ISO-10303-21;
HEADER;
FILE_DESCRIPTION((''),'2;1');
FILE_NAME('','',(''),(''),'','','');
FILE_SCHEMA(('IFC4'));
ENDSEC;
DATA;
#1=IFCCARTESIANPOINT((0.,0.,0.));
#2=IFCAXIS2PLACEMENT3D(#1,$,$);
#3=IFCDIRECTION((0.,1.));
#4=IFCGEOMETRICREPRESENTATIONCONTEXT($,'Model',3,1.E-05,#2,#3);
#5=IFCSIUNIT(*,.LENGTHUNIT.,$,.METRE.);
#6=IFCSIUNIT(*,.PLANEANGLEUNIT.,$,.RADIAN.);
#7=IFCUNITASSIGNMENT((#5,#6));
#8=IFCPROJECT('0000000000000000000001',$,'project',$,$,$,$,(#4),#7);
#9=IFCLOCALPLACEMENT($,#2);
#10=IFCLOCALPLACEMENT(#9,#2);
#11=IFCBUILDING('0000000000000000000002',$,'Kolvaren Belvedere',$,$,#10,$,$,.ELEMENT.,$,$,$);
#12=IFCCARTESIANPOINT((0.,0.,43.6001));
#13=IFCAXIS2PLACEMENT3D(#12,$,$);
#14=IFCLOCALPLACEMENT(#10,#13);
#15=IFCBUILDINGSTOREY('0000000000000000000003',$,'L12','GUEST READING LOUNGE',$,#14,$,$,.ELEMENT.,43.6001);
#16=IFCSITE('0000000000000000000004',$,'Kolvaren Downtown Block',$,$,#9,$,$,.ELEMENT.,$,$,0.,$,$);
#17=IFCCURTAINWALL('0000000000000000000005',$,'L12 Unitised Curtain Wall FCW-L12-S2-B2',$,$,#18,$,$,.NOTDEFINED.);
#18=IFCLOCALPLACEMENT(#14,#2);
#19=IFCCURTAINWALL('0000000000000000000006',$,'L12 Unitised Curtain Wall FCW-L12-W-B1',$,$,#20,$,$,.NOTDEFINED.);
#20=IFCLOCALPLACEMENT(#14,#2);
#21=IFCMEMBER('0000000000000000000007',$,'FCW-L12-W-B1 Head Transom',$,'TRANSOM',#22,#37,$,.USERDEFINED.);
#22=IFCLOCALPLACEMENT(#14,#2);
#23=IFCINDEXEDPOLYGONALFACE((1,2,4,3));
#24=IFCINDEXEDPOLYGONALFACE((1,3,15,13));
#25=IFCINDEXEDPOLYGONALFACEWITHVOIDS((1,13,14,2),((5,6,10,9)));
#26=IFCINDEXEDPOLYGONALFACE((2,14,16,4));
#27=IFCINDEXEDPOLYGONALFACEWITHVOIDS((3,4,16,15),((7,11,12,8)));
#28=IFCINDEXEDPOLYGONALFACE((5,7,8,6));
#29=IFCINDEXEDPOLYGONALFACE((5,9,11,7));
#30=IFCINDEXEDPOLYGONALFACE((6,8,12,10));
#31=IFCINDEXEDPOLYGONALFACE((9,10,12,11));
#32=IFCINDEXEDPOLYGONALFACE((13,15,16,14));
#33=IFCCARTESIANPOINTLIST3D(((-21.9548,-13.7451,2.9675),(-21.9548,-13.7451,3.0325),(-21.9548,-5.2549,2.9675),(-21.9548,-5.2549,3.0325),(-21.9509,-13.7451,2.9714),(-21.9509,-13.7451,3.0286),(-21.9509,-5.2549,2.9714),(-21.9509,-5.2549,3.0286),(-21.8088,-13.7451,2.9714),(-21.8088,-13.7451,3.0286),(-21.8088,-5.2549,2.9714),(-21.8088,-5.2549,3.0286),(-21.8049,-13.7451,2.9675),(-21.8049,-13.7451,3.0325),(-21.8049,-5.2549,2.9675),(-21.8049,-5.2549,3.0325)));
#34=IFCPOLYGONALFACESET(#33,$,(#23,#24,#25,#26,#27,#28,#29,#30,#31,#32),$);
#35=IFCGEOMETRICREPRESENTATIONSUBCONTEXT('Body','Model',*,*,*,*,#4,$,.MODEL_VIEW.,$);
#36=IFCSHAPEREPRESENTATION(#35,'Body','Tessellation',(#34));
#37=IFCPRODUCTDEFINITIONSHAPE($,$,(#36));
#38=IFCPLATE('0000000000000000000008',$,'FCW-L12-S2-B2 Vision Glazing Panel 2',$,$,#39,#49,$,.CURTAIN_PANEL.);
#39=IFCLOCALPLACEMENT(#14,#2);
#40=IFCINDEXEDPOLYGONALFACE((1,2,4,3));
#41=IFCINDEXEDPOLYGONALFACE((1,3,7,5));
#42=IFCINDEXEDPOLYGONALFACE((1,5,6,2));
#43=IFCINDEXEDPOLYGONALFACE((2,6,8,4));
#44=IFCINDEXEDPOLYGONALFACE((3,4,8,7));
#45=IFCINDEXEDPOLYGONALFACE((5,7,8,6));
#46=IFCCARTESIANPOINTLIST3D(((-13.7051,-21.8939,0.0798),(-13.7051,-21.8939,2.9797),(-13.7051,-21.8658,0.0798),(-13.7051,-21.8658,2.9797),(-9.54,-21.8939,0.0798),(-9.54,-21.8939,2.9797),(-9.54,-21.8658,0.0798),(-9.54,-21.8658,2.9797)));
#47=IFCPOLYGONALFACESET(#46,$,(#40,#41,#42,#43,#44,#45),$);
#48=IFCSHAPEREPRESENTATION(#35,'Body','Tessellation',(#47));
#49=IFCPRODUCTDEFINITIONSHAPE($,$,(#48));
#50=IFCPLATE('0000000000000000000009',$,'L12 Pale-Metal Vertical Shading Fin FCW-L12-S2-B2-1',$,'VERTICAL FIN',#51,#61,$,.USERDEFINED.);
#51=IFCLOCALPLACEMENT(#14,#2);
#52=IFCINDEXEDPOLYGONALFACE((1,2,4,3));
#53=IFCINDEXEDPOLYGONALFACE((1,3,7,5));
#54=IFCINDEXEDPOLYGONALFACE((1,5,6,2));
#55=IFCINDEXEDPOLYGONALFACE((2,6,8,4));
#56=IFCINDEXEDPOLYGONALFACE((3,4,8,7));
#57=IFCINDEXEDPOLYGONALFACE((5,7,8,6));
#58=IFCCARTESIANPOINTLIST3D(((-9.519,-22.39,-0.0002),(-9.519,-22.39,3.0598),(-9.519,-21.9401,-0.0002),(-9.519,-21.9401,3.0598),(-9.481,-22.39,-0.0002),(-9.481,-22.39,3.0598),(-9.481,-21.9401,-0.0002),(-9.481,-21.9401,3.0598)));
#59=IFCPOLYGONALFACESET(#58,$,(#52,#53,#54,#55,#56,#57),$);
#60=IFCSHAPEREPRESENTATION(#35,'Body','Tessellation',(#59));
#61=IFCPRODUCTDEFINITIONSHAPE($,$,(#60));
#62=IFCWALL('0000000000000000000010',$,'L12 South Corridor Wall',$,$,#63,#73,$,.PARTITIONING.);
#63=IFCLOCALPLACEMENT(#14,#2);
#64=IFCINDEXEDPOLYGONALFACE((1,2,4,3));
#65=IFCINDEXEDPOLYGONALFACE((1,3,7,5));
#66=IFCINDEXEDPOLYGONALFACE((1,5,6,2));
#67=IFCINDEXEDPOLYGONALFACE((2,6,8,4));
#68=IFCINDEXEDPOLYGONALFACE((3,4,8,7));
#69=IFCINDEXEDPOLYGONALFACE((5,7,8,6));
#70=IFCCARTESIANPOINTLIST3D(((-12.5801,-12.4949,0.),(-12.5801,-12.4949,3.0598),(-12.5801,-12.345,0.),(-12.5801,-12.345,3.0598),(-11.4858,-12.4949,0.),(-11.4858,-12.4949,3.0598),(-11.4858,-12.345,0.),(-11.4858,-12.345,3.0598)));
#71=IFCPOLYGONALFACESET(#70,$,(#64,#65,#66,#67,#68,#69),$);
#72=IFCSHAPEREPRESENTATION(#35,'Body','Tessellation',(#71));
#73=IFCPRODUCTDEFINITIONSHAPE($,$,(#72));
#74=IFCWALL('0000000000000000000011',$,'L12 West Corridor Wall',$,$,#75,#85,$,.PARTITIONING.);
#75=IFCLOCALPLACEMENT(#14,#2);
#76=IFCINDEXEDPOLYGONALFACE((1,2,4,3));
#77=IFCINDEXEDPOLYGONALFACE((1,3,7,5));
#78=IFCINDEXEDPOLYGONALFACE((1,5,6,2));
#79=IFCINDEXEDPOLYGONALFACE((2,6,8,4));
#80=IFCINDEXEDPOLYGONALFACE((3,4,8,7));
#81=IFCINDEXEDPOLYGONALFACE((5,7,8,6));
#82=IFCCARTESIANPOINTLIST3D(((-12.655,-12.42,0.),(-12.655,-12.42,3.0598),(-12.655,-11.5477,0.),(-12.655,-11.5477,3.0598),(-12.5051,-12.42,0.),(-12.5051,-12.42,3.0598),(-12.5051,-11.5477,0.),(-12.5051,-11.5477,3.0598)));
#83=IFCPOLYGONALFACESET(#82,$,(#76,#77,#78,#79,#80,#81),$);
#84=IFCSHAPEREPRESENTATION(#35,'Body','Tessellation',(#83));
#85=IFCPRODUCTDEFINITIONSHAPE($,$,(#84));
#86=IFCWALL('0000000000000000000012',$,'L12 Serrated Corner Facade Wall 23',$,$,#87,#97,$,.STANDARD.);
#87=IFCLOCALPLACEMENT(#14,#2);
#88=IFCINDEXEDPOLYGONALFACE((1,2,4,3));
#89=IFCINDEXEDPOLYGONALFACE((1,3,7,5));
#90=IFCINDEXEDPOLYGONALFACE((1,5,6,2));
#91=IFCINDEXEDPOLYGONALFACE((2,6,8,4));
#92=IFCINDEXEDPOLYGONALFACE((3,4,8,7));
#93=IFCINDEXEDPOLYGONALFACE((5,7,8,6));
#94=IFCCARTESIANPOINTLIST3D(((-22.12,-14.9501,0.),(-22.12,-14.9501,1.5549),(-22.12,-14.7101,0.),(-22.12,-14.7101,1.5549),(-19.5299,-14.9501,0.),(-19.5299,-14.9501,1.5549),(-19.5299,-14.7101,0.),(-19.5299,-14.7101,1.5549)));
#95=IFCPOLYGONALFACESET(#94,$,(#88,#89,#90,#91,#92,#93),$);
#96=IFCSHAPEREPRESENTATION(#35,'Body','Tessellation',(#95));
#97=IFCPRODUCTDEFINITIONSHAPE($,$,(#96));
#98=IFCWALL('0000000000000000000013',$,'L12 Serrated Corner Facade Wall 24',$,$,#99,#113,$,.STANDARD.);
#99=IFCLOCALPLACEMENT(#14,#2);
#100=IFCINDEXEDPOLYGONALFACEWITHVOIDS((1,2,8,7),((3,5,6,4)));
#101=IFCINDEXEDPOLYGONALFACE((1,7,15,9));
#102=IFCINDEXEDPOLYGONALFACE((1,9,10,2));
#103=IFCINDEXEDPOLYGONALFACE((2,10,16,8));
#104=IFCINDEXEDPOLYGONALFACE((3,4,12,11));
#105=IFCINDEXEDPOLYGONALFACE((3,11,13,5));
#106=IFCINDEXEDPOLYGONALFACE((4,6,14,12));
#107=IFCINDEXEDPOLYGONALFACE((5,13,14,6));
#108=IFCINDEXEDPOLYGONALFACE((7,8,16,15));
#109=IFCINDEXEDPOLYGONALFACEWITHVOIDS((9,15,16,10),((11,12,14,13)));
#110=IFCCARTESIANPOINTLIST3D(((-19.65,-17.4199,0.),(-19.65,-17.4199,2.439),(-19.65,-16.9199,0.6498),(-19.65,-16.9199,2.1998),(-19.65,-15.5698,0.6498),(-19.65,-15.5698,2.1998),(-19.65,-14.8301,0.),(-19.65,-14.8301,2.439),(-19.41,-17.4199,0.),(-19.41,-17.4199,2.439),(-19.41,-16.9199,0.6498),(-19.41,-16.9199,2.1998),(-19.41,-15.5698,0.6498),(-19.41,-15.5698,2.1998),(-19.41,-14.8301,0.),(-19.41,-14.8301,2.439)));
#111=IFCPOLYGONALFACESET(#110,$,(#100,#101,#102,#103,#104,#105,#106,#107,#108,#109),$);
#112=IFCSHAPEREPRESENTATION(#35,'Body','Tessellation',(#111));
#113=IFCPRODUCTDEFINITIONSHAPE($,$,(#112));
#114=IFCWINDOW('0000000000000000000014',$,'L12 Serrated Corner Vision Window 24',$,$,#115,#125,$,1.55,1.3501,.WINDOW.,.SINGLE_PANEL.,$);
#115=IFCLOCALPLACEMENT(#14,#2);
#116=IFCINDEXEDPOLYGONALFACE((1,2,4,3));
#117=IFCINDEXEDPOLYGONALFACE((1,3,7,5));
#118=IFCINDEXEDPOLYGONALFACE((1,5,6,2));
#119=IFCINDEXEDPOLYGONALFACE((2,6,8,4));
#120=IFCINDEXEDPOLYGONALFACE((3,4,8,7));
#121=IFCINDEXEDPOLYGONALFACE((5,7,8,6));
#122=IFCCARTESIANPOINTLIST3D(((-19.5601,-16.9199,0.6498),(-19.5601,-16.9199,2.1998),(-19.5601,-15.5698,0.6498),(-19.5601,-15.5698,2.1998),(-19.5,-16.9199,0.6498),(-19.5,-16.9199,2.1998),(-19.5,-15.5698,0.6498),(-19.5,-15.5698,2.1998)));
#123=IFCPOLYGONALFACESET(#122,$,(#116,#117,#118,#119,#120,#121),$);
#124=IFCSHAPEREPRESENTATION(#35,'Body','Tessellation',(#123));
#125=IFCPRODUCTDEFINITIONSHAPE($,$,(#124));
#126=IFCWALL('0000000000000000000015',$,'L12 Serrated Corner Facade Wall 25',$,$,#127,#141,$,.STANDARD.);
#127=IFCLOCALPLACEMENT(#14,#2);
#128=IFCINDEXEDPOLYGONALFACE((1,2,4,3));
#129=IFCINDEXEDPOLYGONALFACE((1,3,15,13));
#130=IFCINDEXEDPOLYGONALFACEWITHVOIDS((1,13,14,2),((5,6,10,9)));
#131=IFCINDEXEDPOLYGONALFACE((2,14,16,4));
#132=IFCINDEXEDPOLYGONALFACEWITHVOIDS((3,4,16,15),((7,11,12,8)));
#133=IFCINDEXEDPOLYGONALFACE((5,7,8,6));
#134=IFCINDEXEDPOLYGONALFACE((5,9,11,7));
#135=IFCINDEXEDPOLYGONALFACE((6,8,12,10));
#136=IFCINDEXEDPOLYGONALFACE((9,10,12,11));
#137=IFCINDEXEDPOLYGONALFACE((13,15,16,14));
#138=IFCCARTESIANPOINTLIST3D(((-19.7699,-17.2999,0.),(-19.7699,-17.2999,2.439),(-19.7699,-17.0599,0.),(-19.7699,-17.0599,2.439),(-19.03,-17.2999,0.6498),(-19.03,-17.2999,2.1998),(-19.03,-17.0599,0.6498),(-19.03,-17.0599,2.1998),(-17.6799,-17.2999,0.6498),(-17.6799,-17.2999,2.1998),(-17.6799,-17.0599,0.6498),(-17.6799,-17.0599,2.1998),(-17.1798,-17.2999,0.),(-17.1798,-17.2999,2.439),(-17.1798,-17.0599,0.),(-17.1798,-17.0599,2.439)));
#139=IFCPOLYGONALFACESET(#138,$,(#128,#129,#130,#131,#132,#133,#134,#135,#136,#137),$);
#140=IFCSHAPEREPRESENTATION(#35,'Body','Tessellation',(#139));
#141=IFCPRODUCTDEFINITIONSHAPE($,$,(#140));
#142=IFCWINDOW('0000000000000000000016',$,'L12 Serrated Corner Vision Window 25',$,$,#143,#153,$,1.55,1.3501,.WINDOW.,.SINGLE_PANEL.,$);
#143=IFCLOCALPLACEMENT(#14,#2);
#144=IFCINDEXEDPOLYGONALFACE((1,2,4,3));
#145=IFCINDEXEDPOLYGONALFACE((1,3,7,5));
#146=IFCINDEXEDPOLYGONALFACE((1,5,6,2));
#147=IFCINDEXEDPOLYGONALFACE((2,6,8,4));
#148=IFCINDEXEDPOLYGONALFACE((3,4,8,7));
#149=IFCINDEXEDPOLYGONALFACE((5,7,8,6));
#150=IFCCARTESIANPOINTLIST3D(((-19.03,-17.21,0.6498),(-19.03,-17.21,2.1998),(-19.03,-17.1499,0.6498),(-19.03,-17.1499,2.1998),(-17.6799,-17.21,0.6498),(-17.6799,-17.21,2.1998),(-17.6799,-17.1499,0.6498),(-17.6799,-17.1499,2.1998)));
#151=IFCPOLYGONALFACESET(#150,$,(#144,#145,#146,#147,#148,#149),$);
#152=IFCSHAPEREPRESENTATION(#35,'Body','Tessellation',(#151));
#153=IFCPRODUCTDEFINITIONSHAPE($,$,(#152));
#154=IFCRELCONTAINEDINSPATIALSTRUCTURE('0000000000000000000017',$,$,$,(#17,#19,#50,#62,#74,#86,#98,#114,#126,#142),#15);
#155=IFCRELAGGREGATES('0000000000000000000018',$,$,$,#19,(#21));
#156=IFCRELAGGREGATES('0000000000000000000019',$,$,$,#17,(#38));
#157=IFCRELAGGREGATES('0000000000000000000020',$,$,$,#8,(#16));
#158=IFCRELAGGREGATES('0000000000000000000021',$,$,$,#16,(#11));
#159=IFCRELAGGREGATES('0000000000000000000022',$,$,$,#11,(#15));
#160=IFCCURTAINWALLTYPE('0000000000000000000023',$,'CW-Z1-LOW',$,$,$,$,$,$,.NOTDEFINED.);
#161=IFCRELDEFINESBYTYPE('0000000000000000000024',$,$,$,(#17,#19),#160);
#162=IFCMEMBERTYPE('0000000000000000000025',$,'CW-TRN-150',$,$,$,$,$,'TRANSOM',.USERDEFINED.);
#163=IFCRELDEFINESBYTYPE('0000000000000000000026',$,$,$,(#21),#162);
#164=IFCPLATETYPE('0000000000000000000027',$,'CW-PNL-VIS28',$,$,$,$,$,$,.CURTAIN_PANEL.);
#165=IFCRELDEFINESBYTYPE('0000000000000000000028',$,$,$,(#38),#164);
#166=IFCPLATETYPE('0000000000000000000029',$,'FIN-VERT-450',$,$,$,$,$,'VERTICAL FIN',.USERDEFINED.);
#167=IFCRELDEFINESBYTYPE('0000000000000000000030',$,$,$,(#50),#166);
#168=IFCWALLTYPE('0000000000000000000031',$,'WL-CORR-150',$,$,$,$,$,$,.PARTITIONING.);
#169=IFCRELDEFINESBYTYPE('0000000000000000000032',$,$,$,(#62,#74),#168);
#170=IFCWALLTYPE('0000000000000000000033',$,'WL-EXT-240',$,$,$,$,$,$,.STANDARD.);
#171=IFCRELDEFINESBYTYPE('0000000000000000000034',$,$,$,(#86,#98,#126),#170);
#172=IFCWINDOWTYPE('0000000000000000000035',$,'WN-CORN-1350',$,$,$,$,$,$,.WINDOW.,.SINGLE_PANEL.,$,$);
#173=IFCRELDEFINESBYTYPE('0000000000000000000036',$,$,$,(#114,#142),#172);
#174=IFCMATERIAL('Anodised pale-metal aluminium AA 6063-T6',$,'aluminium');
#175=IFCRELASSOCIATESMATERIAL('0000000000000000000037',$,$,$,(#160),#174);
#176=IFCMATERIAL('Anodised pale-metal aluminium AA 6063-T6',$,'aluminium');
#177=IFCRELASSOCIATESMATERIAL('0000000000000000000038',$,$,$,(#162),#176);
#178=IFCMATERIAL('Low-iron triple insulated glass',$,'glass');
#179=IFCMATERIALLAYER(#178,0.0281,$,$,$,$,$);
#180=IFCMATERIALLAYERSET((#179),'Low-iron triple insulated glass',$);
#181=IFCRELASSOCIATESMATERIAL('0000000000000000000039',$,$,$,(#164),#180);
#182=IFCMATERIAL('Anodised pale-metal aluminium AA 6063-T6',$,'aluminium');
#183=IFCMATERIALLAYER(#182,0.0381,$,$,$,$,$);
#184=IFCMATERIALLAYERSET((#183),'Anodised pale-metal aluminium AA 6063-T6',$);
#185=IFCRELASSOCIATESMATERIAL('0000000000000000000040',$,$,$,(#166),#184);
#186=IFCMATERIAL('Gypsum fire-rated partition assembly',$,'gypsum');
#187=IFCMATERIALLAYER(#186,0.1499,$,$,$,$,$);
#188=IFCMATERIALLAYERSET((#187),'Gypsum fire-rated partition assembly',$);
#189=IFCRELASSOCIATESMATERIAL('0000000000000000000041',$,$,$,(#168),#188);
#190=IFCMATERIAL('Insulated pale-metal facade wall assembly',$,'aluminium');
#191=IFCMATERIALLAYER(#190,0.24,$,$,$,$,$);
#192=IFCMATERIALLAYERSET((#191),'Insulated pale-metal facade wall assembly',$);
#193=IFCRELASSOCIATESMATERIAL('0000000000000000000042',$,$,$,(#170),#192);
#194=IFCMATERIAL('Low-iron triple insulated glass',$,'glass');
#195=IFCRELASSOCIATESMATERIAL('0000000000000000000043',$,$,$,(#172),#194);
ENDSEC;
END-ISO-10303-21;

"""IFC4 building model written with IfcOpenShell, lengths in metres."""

from ifc_helpers import new_model, si_unit, direction, frame, frame_2d, origin, origin_2d, place, context, subcontext, project, spatial, rectangle, hollow_rectangle, extrude, material, layer, layer_set, material_profile, profile_set, type_object, element, fill, aggregate, save


model = new_model("IFC4")

# Units and contexts
model_context = context("Model", 3, precision=1e-05, world=origin(), true_north=direction((0.0, 1.0)))
body_context = subcontext(model_context, "Body", "Model", "MODEL_VIEW")
ifc_project = project(units=[si_unit("LENGTHUNIT", "METRE"), si_unit("PLANEANGLEUNIT", "RADIAN")], contexts=[model_context])

# Site, building, storey
site_placement = place(None, origin())
site = spatial("IfcSite", under=ifc_project, at=site_placement, Name="Kolvaren Downtown Block", CompositionType="ELEMENT", RefElevation=0.0)
building_placement = place(site_placement, origin())
building = spatial("IfcBuilding", under=site, at=building_placement, Name="Kolvaren Belvedere", CompositionType="ELEMENT")
storey_placement = place(building_placement, frame((0.0, 0.0, 43.6001)))
storey = spatial("IfcBuildingStorey", under=building, at=storey_placement, Name="L12", Description="GUEST READING LOUNGE", CompositionType="ELEMENT", Elevation=43.6001)

# Curtain walls, member
ifc_material_1 = material(Name="Anodised pale-metal aluminium AA 6063-T6", Category="aluminium")
curtain_wall_type = type_object("IfcCurtainWallType", Name="CW-Z1-LOW", PredefinedType="NOTDEFINED", material=ifc_material_1)
curtain_wall_1_placement = place(storey_placement, origin())
curtain_wall_1 = element("IfcCurtainWall", 1, at=curtain_wall_1_placement, inside=storey, type_object=curtain_wall_type, Name="L12 Unitised Curtain Wall FCW-L12-S2-B2", PredefinedType="NOTDEFINED")
curtain_wall_2_placement = place(storey_placement, origin())
curtain_wall_2 = element("IfcCurtainWall", 2, at=curtain_wall_2_placement, inside=storey, type_object=curtain_wall_type, Name="L12 Unitised Curtain Wall FCW-L12-W-B1", PredefinedType="NOTDEFINED")
ifc_material_2 = material(Name="Anodised pale-metal aluminium AA 6063-T6", Category="aluminium")
ifc_material_profile_1 = material_profile(ifc_material_2, hollow_rectangle(XDim=0.0649, YDim=0.1499, WallThickness=0.0039, at=origin_2d()), Name="ALU-TRN-150X65")
ifc_profile_set_1 = profile_set([ifc_material_profile_1], Name="Anodised pale-metal aluminium AA 6063-T6")
member_type_1 = type_object("IfcMemberType", Name="CW-TRN-150", ElementType="TRANSOM", PredefinedType="USERDEFINED", material=ifc_profile_set_1)
member_1_placement = place(storey_placement, frame((-21.8799, -13.7451, 3.0), z_axis=(0.0, 1.0, 0.0), x_axis=(0.0, 0.0, 1.0)))
member_1 = element("IfcMember", 3, at=member_1_placement, type_object=member_type_1, Name="FCW-L12-W-B1 Head Transom", ObjectType="TRANSOM", PredefinedType="USERDEFINED", context=body_context, shape_type="SweptSolid", body=[
    extrude(hollow_rectangle(XDim=0.0649, YDim=0.1499, WallThickness=0.0039, at=origin_2d()), origin(), (0.0, 0.0, 1.0), 8.4902),
])
aggregate(curtain_wall_2, [member_1])

# Plates
ifc_material_3 = material(Name="Low-iron triple insulated glass", Category="glass")
ifc_layer_1 = layer(ifc_material_3, 0.0281)
ifc_layer_set_1 = layer_set([ifc_layer_1], Name="Low-iron triple insulated glass")
plate_type_1 = type_object("IfcPlateType", Name="CW-PNL-VIS28", PredefinedType="CURTAIN_PANEL", material=ifc_layer_set_1)
plate_1_placement = place(storey_placement, frame((-11.6226, -21.8799, 0.0798), z_axis=(0.0, 0.0, 1.0), x_axis=(-1.0, 0.0, 0.0)))
plate_1 = element("IfcPlate", 4, at=plate_1_placement, type_object=plate_type_1, Name="FCW-L12-S2-B2 Vision Glazing Panel 2", PredefinedType="CURTAIN_PANEL", context=body_context, shape_type="SweptSolid", body=[
    extrude(rectangle(XDim=4.165, YDim=0.0281, at=origin_2d()), origin(), (0.0, 0.0, 1.0), 2.8999),
])
aggregate(curtain_wall_1, [plate_1])
ifc_material_4 = material(Name="Anodised pale-metal aluminium AA 6063-T6", Category="aluminium")
ifc_layer_2 = layer(ifc_material_4, 0.0381)
ifc_layer_set_2 = layer_set([ifc_layer_2], Name="Anodised pale-metal aluminium AA 6063-T6")
plate_type_2 = type_object("IfcPlateType", Name="FIN-VERT-450", ElementType="VERTICAL FIN", PredefinedType="USERDEFINED", material=ifc_layer_set_2)
plate_2_placement = place(storey_placement, frame((-9.5, -22.165, -0.0002), z_axis=(0.0, 0.0, 1.0), x_axis=(0.0, 1.0, 0.0)))
element("IfcPlate", 5, at=plate_2_placement, inside=storey, type_object=plate_type_2, Name="L12 Pale-Metal Vertical Shading Fin FCW-L12-S2-B2-1", ObjectType="VERTICAL FIN", PredefinedType="USERDEFINED", context=body_context, shape_type="SweptSolid", body=[
    extrude(rectangle(XDim=0.45, YDim=0.0381, at=origin_2d()), origin(), (0.0, 0.0, 1.0), 3.0601),
])

# Walls
ifc_material_5 = material(Name="Gypsum fire-rated partition assembly", Category="gypsum")
ifc_layer_3 = layer(ifc_material_5, 0.1499)
ifc_layer_set_3 = layer_set([ifc_layer_3], Name="Gypsum fire-rated partition assembly")
wall_type_1 = type_object("IfcWallType", Name="WL-CORR-150", PredefinedType="PARTITIONING", material=ifc_layer_set_3)
wall_1_placement = place(storey_placement, frame((-12.5801, -12.4199, 0.0), z_axis=(0.0, 0.0, 1.0), x_axis=(1.0, 0.0, 0.0)))
element("IfcWall", 6, at=wall_1_placement, inside=storey, type_object=wall_type_1, Name="L12 South Corridor Wall", PredefinedType="PARTITIONING", context=body_context, shape_type="SweptSolid", body=[
    extrude(rectangle(XDim=1.0942, YDim=0.1499, at=frame_2d((0.5471, 0.0))), origin(), (0.0, 0.0, 1.0), 3.0598),
])
wall_2_placement = place(storey_placement, frame((-12.5801, -12.4199, 0.0), z_axis=(0.0, 0.0, 1.0), x_axis=(0.0, 1.0, 0.0)))
element("IfcWall", 7, at=wall_2_placement, inside=storey, type_object=wall_type_1, Name="L12 West Corridor Wall", PredefinedType="PARTITIONING", context=body_context, shape_type="SweptSolid", body=[
    extrude(rectangle(XDim=0.8723, YDim=0.1499, at=frame_2d((0.436, 0.0))), origin(), (0.0, 0.0, 1.0), 3.0598),
])
ifc_material_6 = material(Name="Insulated pale-metal facade wall assembly", Category="aluminium")
ifc_layer_4 = layer(ifc_material_6, 0.24)
ifc_layer_set_4 = layer_set([ifc_layer_4], Name="Insulated pale-metal facade wall assembly")
wall_type_2 = type_object("IfcWallType", Name="WL-EXT-240", PredefinedType="STANDARD", material=ifc_layer_set_4)
wall_3_placement = place(storey_placement, frame((-19.53, -14.8301, 0.0), z_axis=(0.0, 0.0, 1.0), x_axis=(-1.0, 0.0, 0.0)))
element("IfcWall", 8, at=wall_3_placement, inside=storey, type_object=wall_type_2, Name="L12 Serrated Corner Facade Wall 23", PredefinedType="STANDARD", context=body_context, shape_type="SweptSolid", body=[
    extrude(rectangle(XDim=2.5901, YDim=0.24, at=frame_2d((1.2949, 0.0))), origin(), (0.0, 0.0, 1.0), 1.5549),
])

# Walls, openings, windows
wall_4_placement = place(storey_placement, frame((-19.53, -17.4199, 0.0), z_axis=(0.0, 0.0, 1.0), x_axis=(0.0, 1.0, 0.0)))
wall_4 = element("IfcWall", 9, at=wall_4_placement, inside=storey, type_object=wall_type_2, Name="L12 Serrated Corner Facade Wall 24", PredefinedType="STANDARD", context=body_context, shape_type="SweptSolid", body=[
    extrude(rectangle(XDim=2.5898, YDim=0.24, at=frame_2d((1.2949, 0.0))), origin(), (0.0, 0.0, 1.0), 2.439),
])
opening_1_placement = place(wall_4_placement, frame((0.5, 0.0, 0.6499)))
opening_1 = element("IfcOpeningElement", 10, at=opening_1_placement, cuts=wall_4, PredefinedType="OPENING", context=body_context, shape_type="SweptSolid", body=[
    extrude(rectangle(XDim=1.3501, YDim=1.55, at=frame_2d((0.675, 0.7749))), frame((0.0, 0.1299, 0.0), z_axis=(0.0, -1.0, 0.0), x_axis=(1.0, 0.0, 0.0)), (0.0, 0.0, 1.0), 0.26),
])
ifc_material_7 = material(Name="Low-iron triple insulated glass", Category="glass")
window_type = type_object("IfcWindowType", Name="WN-CORN-1350", PartitioningType="SINGLE_PANEL", PredefinedType="WINDOW", material=ifc_material_7)
window_1_placement = place(opening_1_placement, origin())
window_1 = element("IfcWindow", 11, at=window_1_placement, inside=storey, type_object=window_type, Name="L12 Serrated Corner Vision Window 24", OverallHeight=1.55, OverallWidth=1.3501, PartitioningType="SINGLE_PANEL", PredefinedType="WINDOW", context=body_context, shape_type="SweptSolid", body=[
    extrude(rectangle(XDim=1.3501, YDim=1.55, at=frame_2d((0.675, 0.7749))), frame((0.0, 0.03, 0.0), z_axis=(0.0, -1.0, 0.0), x_axis=(1.0, 0.0, 0.0)), (0.0, 0.0, 1.0), 0.0601),
])
fill(opening_1, window_1)
wall_5_placement = place(storey_placement, frame((-17.1799, -17.1799, 0.0), z_axis=(0.0, 0.0, 1.0), x_axis=(-1.0, 0.0, 0.0)))
wall_5 = element("IfcWall", 12, at=wall_5_placement, inside=storey, type_object=wall_type_2, Name="L12 Serrated Corner Facade Wall 25", PredefinedType="STANDARD", context=body_context, shape_type="SweptSolid", body=[
    extrude(rectangle(XDim=2.5901, YDim=0.24, at=frame_2d((1.2949, 0.0))), origin(), (0.0, 0.0, 1.0), 2.439),
])
opening_2_placement = place(wall_5_placement, frame((0.5, 0.0, 0.6499)))
opening_2 = element("IfcOpeningElement", 13, at=opening_2_placement, cuts=wall_5, PredefinedType="OPENING", context=body_context, shape_type="SweptSolid", body=[
    extrude(rectangle(XDim=1.3501, YDim=1.55, at=frame_2d((0.675, 0.7749))), frame((0.0, 0.1299, 0.0), z_axis=(0.0, -1.0, 0.0), x_axis=(1.0, 0.0, 0.0)), (0.0, 0.0, 1.0), 0.26),
])
window_2_placement = place(opening_2_placement, origin())
window_2 = element("IfcWindow", 14, at=window_2_placement, inside=storey, type_object=window_type, Name="L12 Serrated Corner Vision Window 25", OverallHeight=1.55, OverallWidth=1.3501, PartitioningType="SINGLE_PANEL", PredefinedType="WINDOW", context=body_context, shape_type="SweptSolid", body=[
    extrude(rectangle(XDim=1.3501, YDim=1.55, at=frame_2d((0.675, 0.7749))), frame((0.0, 0.03, 0.0), z_axis=(0.0, -1.0, 0.0), x_axis=(1.0, 0.0, 0.0)), (0.0, 0.0, 1.0), 0.0601),
])
fill(opening_2, window_2)

save(model, "model.ifc")
